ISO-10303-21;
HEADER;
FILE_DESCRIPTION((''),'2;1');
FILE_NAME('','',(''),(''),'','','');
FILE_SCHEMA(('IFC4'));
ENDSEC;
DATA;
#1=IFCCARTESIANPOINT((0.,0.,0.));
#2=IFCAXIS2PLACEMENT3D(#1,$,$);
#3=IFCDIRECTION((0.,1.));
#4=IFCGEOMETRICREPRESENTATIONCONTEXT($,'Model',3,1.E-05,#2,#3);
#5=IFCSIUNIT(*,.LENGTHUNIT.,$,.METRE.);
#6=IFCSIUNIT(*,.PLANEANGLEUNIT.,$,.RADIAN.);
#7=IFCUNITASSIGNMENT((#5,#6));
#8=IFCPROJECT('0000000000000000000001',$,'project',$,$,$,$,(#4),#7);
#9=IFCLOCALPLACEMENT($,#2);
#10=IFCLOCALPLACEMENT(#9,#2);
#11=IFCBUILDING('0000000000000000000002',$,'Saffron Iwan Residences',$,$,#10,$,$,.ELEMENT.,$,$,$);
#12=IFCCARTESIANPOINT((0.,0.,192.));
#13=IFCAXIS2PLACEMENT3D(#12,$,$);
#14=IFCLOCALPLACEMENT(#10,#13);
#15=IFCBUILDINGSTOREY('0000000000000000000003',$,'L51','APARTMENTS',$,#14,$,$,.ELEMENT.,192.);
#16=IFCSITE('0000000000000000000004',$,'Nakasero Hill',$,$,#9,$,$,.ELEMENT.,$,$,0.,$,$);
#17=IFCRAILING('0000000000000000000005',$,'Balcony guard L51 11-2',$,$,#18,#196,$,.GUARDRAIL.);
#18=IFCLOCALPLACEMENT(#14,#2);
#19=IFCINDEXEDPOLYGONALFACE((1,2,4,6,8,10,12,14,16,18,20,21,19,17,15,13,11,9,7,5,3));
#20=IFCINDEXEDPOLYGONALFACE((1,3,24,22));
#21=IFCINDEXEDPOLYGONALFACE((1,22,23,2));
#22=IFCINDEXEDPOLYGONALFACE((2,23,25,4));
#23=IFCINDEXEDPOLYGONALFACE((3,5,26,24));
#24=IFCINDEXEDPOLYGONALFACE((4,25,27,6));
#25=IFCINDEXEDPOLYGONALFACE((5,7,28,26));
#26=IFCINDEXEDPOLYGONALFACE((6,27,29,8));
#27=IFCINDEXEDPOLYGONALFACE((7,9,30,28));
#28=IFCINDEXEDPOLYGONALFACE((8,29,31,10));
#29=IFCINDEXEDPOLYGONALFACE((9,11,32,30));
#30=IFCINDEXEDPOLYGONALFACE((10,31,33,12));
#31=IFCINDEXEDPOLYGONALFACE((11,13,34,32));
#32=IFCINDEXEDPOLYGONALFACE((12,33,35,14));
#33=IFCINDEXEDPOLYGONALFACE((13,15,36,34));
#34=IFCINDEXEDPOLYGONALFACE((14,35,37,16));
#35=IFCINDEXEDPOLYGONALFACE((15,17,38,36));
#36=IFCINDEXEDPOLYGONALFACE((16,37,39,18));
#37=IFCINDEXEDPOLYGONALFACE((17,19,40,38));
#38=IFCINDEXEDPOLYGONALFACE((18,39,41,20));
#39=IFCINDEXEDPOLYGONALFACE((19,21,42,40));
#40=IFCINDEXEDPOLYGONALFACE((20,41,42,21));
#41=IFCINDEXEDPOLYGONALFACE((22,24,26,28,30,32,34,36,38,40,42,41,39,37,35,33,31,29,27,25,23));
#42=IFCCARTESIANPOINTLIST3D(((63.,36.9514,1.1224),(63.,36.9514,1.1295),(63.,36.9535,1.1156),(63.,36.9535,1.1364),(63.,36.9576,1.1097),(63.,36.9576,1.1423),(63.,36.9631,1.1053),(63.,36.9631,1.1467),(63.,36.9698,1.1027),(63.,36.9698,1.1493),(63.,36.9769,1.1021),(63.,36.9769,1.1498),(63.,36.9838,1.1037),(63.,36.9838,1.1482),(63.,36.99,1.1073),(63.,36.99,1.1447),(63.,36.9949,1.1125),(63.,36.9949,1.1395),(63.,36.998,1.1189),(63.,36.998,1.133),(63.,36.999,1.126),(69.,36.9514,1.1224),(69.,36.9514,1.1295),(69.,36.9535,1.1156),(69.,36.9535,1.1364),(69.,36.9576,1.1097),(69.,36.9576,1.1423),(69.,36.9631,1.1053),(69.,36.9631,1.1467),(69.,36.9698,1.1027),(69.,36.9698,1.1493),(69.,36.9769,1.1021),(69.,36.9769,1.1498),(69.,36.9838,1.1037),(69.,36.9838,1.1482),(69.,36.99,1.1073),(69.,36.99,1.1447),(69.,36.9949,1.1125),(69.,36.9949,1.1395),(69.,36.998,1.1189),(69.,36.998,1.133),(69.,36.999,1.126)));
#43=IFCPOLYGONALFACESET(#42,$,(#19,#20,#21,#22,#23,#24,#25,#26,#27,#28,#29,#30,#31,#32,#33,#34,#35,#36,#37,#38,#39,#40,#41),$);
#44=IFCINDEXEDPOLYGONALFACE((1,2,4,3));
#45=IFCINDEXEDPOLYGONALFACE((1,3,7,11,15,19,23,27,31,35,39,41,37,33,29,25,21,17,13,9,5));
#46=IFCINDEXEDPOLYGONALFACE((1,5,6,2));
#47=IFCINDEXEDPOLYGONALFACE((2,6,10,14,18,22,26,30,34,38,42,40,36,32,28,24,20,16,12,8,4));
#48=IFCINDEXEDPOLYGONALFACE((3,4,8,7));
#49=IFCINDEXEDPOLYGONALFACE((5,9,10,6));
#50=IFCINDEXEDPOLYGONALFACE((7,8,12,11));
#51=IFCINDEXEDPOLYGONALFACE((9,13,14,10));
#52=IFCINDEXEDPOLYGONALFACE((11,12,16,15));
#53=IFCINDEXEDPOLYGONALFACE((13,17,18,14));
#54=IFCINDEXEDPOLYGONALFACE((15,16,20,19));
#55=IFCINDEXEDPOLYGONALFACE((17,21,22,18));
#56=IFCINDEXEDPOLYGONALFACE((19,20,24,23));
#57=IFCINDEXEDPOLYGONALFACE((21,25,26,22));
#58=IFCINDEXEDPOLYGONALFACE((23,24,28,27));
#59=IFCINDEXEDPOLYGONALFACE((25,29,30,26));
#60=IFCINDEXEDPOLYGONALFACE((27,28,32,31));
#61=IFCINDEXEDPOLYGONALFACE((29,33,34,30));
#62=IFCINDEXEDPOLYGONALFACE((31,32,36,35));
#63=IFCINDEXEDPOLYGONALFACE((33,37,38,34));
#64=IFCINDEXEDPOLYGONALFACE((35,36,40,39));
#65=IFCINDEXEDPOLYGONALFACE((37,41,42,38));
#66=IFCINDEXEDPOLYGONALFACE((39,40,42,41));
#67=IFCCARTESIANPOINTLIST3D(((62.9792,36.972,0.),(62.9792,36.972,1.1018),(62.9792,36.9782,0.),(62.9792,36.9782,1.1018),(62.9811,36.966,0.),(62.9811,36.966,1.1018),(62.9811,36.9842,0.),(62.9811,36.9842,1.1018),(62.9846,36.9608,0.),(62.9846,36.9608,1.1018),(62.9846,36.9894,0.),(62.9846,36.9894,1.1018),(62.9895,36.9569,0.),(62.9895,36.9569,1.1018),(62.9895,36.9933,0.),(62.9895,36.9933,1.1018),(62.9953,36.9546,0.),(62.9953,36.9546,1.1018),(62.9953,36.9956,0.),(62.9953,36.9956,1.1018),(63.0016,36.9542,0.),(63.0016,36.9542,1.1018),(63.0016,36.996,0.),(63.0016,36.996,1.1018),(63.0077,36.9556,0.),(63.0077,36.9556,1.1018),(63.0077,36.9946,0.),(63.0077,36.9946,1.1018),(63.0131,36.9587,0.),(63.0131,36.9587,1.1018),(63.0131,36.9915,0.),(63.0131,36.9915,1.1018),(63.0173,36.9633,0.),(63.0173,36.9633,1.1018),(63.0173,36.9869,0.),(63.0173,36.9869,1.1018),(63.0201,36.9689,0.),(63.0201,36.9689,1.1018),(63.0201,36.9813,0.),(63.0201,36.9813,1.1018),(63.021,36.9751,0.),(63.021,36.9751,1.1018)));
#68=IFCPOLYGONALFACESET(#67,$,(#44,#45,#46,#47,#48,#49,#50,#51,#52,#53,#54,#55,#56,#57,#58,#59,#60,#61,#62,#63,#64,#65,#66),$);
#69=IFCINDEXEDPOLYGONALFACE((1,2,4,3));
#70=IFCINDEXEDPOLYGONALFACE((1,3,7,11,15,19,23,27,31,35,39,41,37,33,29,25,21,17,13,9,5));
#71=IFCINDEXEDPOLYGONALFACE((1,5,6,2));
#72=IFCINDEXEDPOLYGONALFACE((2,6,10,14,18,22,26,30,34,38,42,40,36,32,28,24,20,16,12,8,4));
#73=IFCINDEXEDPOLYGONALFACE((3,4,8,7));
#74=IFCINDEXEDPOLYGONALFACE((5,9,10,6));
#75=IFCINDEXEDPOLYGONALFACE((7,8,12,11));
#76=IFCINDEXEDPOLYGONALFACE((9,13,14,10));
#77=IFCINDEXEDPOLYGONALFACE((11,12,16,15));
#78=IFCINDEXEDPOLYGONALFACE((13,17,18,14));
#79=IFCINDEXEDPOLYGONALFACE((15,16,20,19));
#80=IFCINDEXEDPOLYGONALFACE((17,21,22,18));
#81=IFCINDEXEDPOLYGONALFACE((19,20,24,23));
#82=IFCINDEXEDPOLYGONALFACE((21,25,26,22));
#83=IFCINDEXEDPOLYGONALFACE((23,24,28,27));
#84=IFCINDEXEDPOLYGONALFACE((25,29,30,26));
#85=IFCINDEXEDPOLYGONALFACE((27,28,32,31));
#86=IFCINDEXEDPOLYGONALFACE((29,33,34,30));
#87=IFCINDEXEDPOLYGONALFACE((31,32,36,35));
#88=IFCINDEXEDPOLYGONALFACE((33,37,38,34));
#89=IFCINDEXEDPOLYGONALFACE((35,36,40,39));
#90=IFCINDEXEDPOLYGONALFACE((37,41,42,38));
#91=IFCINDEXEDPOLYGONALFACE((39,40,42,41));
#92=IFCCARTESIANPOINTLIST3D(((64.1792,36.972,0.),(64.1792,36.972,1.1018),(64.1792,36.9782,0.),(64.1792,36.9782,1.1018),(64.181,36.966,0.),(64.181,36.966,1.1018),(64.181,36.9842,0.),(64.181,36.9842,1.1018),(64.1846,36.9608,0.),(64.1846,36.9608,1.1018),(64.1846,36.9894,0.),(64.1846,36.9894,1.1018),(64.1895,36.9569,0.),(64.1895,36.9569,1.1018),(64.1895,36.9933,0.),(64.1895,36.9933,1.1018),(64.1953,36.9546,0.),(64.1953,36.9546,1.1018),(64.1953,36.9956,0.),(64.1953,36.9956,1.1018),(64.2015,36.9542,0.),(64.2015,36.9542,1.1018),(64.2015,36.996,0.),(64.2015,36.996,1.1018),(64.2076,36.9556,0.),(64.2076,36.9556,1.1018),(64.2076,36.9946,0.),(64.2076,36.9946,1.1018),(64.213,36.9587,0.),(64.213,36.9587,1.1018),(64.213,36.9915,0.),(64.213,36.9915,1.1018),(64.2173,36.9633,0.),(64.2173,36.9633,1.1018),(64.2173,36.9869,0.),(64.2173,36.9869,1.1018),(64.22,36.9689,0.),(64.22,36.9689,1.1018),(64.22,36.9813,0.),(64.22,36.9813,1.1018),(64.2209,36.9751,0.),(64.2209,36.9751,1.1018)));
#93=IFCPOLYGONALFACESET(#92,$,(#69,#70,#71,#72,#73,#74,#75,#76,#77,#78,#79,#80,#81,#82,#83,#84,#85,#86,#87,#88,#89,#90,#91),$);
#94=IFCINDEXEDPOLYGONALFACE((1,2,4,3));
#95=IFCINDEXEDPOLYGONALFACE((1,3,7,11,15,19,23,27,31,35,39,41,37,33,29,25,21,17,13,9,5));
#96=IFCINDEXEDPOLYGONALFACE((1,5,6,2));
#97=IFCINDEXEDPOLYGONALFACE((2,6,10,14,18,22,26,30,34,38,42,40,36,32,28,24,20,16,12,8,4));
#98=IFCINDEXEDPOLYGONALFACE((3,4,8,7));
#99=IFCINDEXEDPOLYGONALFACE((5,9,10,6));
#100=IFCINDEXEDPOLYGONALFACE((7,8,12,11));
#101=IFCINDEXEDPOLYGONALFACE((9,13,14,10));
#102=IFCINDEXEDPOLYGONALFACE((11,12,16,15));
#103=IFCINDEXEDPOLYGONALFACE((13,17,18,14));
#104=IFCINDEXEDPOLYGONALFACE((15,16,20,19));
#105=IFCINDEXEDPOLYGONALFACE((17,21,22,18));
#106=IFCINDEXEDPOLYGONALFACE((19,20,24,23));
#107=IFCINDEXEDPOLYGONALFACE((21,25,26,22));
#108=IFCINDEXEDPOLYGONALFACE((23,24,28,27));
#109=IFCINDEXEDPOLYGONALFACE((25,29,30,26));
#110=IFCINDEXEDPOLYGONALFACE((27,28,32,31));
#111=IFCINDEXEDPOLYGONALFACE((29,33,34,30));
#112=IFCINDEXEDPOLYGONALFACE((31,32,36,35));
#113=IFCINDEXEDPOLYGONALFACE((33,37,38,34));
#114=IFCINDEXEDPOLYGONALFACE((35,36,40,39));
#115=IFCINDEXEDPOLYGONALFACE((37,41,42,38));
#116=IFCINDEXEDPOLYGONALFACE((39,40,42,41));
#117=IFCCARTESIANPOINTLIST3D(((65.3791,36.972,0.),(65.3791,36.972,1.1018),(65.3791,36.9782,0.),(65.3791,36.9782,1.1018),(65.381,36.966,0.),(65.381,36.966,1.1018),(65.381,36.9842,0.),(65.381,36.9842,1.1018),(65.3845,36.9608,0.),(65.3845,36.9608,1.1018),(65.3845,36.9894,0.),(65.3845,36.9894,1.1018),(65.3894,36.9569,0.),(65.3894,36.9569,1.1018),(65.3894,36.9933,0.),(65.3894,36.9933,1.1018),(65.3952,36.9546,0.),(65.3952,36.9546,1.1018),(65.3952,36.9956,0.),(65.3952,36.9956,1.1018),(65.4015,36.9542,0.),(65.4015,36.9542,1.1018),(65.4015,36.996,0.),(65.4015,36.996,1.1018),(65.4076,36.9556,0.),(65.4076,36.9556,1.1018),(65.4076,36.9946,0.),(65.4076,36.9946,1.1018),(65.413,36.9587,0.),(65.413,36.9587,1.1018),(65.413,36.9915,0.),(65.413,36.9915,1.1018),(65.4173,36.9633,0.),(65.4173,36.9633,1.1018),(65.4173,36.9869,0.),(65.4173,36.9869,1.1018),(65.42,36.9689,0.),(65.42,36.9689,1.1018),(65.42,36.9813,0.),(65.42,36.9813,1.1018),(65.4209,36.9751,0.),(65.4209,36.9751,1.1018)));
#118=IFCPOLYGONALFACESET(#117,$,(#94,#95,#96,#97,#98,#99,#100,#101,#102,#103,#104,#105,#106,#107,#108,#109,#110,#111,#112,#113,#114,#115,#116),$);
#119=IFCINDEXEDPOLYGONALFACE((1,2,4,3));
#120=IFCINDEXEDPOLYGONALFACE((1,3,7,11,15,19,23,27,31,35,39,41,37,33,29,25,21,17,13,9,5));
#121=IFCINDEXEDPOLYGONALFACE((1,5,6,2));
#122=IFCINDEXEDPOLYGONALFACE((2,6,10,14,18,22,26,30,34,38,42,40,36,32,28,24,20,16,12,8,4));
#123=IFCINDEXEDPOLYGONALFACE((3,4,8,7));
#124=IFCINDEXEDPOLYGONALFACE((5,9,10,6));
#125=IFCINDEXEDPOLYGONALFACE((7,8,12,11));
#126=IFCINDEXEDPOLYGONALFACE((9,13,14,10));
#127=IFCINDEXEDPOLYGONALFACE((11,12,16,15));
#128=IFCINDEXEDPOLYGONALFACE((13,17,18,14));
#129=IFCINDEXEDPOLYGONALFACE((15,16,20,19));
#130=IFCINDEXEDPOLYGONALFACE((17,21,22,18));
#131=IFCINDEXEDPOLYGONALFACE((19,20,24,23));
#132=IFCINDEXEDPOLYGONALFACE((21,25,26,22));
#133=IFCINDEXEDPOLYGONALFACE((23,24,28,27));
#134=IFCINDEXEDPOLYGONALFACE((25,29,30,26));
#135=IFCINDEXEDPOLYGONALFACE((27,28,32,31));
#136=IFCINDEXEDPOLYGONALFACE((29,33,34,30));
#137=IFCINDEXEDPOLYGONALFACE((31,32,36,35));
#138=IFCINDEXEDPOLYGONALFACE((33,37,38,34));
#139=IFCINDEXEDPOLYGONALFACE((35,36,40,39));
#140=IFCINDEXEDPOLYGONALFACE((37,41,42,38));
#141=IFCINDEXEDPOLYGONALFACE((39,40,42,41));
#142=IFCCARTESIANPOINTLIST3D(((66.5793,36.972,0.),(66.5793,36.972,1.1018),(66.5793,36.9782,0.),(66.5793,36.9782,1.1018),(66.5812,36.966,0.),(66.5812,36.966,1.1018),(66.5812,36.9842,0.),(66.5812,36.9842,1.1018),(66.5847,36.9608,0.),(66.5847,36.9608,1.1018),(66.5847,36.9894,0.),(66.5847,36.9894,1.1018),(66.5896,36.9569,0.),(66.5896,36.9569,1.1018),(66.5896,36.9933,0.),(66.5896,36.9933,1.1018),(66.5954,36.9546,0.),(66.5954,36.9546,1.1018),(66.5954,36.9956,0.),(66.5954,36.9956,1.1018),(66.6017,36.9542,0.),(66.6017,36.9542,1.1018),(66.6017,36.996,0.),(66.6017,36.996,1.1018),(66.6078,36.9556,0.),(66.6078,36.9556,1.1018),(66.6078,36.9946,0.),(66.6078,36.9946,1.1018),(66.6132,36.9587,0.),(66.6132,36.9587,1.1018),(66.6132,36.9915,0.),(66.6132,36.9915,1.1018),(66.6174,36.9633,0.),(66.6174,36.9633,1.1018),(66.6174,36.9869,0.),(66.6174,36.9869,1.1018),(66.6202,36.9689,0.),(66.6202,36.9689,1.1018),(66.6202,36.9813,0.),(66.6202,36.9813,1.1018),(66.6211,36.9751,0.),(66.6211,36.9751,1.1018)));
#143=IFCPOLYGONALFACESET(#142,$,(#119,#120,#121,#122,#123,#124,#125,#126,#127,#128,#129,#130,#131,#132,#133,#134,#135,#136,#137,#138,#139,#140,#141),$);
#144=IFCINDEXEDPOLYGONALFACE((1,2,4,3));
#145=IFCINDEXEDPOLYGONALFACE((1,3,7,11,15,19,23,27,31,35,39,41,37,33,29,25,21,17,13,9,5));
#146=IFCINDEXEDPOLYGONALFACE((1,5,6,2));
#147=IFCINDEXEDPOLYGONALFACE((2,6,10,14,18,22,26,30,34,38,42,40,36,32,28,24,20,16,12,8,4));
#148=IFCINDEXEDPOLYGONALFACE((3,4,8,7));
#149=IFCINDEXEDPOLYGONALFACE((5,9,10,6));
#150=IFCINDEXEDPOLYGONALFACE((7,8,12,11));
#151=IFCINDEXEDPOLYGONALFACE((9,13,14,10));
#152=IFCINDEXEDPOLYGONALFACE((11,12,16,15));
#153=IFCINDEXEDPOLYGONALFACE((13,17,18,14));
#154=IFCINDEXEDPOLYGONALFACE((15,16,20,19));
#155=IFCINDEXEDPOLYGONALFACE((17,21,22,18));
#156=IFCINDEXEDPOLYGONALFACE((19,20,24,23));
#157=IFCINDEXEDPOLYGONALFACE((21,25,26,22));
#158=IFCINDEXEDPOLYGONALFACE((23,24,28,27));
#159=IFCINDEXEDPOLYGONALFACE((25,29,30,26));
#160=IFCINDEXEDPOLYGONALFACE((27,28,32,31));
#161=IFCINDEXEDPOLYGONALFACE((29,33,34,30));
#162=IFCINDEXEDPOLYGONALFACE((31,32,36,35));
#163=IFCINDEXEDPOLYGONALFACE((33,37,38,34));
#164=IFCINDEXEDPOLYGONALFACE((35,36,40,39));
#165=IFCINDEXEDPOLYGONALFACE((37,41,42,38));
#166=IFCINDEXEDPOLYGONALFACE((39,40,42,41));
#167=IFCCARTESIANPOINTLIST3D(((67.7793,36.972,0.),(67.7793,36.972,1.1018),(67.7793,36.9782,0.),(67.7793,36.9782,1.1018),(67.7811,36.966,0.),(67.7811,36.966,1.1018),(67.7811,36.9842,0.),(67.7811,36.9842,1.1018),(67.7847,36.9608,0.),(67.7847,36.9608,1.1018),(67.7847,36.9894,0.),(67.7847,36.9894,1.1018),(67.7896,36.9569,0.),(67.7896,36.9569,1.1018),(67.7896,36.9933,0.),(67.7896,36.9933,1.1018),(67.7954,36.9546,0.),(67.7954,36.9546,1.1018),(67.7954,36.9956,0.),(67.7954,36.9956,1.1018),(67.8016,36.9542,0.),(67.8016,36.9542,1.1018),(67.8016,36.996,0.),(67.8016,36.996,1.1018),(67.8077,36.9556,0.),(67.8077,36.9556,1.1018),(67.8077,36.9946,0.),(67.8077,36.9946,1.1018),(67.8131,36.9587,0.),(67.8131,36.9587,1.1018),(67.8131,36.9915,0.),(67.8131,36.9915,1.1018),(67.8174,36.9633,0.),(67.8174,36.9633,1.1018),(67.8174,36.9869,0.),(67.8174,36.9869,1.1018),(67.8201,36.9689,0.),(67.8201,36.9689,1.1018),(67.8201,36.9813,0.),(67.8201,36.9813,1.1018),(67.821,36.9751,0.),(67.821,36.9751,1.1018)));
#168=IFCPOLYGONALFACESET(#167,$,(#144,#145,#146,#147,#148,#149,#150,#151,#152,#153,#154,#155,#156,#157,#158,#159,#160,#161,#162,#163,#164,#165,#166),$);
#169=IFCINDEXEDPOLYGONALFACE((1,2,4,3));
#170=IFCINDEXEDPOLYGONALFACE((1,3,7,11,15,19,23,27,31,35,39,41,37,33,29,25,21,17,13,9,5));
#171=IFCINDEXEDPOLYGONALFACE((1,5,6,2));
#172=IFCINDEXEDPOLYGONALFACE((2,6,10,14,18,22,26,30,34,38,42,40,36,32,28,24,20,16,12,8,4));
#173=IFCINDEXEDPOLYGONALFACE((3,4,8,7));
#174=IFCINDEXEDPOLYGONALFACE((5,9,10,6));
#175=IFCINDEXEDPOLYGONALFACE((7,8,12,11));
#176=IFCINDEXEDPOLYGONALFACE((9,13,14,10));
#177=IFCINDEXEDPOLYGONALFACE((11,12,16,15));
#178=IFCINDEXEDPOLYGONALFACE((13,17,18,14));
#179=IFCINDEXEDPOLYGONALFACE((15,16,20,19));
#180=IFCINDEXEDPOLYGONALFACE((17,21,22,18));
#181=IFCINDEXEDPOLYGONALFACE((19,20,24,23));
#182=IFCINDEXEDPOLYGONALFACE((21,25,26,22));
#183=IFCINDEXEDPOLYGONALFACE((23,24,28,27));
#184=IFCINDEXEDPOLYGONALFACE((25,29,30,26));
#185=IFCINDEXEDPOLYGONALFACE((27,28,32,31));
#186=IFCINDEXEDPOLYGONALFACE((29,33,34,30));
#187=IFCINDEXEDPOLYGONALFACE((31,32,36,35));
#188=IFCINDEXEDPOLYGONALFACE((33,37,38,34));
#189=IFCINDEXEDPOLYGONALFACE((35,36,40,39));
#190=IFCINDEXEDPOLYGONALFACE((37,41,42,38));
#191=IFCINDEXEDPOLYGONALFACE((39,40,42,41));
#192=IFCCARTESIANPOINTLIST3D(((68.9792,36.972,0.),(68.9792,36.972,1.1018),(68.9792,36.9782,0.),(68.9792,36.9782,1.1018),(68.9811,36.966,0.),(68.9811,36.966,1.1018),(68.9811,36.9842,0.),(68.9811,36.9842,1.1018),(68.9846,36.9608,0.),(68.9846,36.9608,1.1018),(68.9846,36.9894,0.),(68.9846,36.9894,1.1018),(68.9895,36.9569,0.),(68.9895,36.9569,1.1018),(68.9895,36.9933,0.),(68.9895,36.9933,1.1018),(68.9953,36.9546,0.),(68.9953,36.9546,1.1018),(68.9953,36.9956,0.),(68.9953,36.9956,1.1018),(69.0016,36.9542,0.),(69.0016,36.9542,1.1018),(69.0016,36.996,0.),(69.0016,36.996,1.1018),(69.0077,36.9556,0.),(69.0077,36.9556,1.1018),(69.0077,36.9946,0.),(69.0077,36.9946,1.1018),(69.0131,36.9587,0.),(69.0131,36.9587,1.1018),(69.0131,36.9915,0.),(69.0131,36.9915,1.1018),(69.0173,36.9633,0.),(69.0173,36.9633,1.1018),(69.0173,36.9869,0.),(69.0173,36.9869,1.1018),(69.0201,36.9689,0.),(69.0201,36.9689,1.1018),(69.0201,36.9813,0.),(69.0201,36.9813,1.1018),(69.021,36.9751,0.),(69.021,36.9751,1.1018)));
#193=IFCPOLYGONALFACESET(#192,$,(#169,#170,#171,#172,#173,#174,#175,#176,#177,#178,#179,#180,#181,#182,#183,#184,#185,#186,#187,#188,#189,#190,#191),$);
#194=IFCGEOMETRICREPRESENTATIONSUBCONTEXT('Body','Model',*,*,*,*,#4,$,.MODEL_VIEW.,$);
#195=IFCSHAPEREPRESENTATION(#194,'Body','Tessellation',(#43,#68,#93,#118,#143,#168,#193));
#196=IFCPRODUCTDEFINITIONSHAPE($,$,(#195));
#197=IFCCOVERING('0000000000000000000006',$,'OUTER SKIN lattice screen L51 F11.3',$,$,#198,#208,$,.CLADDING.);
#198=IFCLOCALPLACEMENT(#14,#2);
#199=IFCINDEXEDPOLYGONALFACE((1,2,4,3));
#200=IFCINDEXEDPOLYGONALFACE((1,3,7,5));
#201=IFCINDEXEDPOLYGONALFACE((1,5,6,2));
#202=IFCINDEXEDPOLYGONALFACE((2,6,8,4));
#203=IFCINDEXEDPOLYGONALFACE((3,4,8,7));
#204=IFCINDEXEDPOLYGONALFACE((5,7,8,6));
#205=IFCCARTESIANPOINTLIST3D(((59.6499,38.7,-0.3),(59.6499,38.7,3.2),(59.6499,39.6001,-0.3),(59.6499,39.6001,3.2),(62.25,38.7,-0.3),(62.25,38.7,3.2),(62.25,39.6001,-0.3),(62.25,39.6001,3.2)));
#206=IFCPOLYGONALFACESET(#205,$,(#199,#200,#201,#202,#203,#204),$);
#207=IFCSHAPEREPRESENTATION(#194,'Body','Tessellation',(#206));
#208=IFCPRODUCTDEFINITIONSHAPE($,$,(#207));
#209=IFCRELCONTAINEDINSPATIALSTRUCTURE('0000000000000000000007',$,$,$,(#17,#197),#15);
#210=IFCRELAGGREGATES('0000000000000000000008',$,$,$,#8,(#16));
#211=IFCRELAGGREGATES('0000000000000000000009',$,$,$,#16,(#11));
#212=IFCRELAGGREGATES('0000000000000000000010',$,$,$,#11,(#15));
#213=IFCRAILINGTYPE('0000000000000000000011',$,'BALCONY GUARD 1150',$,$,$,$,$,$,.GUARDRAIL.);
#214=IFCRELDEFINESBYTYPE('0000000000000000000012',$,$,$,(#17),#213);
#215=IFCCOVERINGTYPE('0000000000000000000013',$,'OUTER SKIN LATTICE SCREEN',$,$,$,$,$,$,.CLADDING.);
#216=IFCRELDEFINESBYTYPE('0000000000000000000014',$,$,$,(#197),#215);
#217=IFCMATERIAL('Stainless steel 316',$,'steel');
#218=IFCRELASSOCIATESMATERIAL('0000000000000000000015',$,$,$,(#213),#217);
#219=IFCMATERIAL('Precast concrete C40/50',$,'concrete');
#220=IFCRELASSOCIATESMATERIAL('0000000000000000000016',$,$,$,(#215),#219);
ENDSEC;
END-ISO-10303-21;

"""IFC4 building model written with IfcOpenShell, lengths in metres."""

from ifc_helpers import new_model, si_unit, direction, frame, origin, origin_2d, place, context, subcontext, project, spatial, polyline, circle, outline, extrude, material, type_object, element, save


model = new_model("IFC4")

# Units and contexts
model_context = context("Model", 3, precision=1e-05, world=origin(), true_north=direction((0.0, 1.0)))
body_context = subcontext(model_context, "Body", "Model", "MODEL_VIEW")
ifc_project = project(units=[si_unit("LENGTHUNIT", "METRE"), si_unit("PLANEANGLEUNIT", "RADIAN")], contexts=[model_context])

# Site, building, storey
site_placement = place(None, origin())
site = spatial("IfcSite", under=ifc_project, at=site_placement, Name="Nakasero Hill", CompositionType="ELEMENT", RefElevation=0.0)
building_placement = place(site_placement, origin())
building = spatial("IfcBuilding", under=site, at=building_placement, Name="Saffron Iwan Residences", CompositionType="ELEMENT")
storey_placement = place(building_placement, frame((0.0, 0.0, 192.0)))
storey = spatial("IfcBuildingStorey", under=building, at=storey_placement, Name="L51", Description="APARTMENTS", CompositionType="ELEMENT", Elevation=192.0)

# Railing
ifc_material_1 = material(Name="Stainless steel 316", Category="steel")
railing_type = type_object("IfcRailingType", Name="BALCONY GUARD 1150", PredefinedType="GUARDRAIL", material=ifc_material_1)
railing_placement = place(storey_placement, frame((63.0, 36.9751, 0.0)))
element("IfcRailing", 1, at=railing_placement, inside=storey, type_object=railing_type, Name="Balcony guard L51 11-2", PredefinedType="GUARDRAIL", context=body_context, shape_type="SweptSolid", body=[
    extrude(circle(Radius=0.0239, at=origin_2d()), frame((0.0, 0.0, 1.126), z_axis=(1.0, 0.0, 0.0), x_axis=(0.0, 1.0, 0.0)), (0.0, 0.0, 1.0), 6.0),
    extrude(circle(Radius=0.021, at=origin_2d()), origin(), (0.0, 0.0, 1.0), 1.1018),
    extrude(circle(Radius=0.021, at=origin_2d()), frame((1.2, 0.0, 0.0)), (0.0, 0.0, 1.0), 1.1018),
    extrude(circle(Radius=0.021, at=origin_2d()), frame((2.3999, 0.0, 0.0)), (0.0, 0.0, 1.0), 1.1018),
    extrude(circle(Radius=0.021, at=origin_2d()), frame((3.6001, 0.0, 0.0)), (0.0, 0.0, 1.0), 1.1018),
    extrude(circle(Radius=0.021, at=origin_2d()), frame((4.8, 0.0, 0.0)), (0.0, 0.0, 1.0), 1.1018),
    extrude(circle(Radius=0.021, at=origin_2d()), frame((6.0, 0.0, 0.0)), (0.0, 0.0, 1.0), 1.1018),
])

# Covering
ifc_material_2 = material(Name="Precast concrete C40/50", Category="concrete")
covering_type = type_object("IfcCoveringType", Name="OUTER SKIN LATTICE SCREEN", PredefinedType="CLADDING", material=ifc_material_2)
covering_placement = place(storey_placement, frame((59.6499, 39.6001, -0.3), z_axis=(0.0, -1.0, 0.0), x_axis=(1.0, 0.0, 0.0)))
element("IfcCovering", 2, at=covering_placement, inside=storey, type_object=covering_type, Name="OUTER SKIN lattice screen L51 F11.3", PredefinedType="CLADDING", context=body_context, shape_type="SweptSolid", body=[
    extrude(outline(polyline([(0.0, 0.0), (2.6001, 0.0), (2.6001, 3.5), (0.0, 3.5), (0.0, 0.0)])), origin(), (0.0, 0.0, 1.0), 0.9001),
])

save(model, "model.ifc")
